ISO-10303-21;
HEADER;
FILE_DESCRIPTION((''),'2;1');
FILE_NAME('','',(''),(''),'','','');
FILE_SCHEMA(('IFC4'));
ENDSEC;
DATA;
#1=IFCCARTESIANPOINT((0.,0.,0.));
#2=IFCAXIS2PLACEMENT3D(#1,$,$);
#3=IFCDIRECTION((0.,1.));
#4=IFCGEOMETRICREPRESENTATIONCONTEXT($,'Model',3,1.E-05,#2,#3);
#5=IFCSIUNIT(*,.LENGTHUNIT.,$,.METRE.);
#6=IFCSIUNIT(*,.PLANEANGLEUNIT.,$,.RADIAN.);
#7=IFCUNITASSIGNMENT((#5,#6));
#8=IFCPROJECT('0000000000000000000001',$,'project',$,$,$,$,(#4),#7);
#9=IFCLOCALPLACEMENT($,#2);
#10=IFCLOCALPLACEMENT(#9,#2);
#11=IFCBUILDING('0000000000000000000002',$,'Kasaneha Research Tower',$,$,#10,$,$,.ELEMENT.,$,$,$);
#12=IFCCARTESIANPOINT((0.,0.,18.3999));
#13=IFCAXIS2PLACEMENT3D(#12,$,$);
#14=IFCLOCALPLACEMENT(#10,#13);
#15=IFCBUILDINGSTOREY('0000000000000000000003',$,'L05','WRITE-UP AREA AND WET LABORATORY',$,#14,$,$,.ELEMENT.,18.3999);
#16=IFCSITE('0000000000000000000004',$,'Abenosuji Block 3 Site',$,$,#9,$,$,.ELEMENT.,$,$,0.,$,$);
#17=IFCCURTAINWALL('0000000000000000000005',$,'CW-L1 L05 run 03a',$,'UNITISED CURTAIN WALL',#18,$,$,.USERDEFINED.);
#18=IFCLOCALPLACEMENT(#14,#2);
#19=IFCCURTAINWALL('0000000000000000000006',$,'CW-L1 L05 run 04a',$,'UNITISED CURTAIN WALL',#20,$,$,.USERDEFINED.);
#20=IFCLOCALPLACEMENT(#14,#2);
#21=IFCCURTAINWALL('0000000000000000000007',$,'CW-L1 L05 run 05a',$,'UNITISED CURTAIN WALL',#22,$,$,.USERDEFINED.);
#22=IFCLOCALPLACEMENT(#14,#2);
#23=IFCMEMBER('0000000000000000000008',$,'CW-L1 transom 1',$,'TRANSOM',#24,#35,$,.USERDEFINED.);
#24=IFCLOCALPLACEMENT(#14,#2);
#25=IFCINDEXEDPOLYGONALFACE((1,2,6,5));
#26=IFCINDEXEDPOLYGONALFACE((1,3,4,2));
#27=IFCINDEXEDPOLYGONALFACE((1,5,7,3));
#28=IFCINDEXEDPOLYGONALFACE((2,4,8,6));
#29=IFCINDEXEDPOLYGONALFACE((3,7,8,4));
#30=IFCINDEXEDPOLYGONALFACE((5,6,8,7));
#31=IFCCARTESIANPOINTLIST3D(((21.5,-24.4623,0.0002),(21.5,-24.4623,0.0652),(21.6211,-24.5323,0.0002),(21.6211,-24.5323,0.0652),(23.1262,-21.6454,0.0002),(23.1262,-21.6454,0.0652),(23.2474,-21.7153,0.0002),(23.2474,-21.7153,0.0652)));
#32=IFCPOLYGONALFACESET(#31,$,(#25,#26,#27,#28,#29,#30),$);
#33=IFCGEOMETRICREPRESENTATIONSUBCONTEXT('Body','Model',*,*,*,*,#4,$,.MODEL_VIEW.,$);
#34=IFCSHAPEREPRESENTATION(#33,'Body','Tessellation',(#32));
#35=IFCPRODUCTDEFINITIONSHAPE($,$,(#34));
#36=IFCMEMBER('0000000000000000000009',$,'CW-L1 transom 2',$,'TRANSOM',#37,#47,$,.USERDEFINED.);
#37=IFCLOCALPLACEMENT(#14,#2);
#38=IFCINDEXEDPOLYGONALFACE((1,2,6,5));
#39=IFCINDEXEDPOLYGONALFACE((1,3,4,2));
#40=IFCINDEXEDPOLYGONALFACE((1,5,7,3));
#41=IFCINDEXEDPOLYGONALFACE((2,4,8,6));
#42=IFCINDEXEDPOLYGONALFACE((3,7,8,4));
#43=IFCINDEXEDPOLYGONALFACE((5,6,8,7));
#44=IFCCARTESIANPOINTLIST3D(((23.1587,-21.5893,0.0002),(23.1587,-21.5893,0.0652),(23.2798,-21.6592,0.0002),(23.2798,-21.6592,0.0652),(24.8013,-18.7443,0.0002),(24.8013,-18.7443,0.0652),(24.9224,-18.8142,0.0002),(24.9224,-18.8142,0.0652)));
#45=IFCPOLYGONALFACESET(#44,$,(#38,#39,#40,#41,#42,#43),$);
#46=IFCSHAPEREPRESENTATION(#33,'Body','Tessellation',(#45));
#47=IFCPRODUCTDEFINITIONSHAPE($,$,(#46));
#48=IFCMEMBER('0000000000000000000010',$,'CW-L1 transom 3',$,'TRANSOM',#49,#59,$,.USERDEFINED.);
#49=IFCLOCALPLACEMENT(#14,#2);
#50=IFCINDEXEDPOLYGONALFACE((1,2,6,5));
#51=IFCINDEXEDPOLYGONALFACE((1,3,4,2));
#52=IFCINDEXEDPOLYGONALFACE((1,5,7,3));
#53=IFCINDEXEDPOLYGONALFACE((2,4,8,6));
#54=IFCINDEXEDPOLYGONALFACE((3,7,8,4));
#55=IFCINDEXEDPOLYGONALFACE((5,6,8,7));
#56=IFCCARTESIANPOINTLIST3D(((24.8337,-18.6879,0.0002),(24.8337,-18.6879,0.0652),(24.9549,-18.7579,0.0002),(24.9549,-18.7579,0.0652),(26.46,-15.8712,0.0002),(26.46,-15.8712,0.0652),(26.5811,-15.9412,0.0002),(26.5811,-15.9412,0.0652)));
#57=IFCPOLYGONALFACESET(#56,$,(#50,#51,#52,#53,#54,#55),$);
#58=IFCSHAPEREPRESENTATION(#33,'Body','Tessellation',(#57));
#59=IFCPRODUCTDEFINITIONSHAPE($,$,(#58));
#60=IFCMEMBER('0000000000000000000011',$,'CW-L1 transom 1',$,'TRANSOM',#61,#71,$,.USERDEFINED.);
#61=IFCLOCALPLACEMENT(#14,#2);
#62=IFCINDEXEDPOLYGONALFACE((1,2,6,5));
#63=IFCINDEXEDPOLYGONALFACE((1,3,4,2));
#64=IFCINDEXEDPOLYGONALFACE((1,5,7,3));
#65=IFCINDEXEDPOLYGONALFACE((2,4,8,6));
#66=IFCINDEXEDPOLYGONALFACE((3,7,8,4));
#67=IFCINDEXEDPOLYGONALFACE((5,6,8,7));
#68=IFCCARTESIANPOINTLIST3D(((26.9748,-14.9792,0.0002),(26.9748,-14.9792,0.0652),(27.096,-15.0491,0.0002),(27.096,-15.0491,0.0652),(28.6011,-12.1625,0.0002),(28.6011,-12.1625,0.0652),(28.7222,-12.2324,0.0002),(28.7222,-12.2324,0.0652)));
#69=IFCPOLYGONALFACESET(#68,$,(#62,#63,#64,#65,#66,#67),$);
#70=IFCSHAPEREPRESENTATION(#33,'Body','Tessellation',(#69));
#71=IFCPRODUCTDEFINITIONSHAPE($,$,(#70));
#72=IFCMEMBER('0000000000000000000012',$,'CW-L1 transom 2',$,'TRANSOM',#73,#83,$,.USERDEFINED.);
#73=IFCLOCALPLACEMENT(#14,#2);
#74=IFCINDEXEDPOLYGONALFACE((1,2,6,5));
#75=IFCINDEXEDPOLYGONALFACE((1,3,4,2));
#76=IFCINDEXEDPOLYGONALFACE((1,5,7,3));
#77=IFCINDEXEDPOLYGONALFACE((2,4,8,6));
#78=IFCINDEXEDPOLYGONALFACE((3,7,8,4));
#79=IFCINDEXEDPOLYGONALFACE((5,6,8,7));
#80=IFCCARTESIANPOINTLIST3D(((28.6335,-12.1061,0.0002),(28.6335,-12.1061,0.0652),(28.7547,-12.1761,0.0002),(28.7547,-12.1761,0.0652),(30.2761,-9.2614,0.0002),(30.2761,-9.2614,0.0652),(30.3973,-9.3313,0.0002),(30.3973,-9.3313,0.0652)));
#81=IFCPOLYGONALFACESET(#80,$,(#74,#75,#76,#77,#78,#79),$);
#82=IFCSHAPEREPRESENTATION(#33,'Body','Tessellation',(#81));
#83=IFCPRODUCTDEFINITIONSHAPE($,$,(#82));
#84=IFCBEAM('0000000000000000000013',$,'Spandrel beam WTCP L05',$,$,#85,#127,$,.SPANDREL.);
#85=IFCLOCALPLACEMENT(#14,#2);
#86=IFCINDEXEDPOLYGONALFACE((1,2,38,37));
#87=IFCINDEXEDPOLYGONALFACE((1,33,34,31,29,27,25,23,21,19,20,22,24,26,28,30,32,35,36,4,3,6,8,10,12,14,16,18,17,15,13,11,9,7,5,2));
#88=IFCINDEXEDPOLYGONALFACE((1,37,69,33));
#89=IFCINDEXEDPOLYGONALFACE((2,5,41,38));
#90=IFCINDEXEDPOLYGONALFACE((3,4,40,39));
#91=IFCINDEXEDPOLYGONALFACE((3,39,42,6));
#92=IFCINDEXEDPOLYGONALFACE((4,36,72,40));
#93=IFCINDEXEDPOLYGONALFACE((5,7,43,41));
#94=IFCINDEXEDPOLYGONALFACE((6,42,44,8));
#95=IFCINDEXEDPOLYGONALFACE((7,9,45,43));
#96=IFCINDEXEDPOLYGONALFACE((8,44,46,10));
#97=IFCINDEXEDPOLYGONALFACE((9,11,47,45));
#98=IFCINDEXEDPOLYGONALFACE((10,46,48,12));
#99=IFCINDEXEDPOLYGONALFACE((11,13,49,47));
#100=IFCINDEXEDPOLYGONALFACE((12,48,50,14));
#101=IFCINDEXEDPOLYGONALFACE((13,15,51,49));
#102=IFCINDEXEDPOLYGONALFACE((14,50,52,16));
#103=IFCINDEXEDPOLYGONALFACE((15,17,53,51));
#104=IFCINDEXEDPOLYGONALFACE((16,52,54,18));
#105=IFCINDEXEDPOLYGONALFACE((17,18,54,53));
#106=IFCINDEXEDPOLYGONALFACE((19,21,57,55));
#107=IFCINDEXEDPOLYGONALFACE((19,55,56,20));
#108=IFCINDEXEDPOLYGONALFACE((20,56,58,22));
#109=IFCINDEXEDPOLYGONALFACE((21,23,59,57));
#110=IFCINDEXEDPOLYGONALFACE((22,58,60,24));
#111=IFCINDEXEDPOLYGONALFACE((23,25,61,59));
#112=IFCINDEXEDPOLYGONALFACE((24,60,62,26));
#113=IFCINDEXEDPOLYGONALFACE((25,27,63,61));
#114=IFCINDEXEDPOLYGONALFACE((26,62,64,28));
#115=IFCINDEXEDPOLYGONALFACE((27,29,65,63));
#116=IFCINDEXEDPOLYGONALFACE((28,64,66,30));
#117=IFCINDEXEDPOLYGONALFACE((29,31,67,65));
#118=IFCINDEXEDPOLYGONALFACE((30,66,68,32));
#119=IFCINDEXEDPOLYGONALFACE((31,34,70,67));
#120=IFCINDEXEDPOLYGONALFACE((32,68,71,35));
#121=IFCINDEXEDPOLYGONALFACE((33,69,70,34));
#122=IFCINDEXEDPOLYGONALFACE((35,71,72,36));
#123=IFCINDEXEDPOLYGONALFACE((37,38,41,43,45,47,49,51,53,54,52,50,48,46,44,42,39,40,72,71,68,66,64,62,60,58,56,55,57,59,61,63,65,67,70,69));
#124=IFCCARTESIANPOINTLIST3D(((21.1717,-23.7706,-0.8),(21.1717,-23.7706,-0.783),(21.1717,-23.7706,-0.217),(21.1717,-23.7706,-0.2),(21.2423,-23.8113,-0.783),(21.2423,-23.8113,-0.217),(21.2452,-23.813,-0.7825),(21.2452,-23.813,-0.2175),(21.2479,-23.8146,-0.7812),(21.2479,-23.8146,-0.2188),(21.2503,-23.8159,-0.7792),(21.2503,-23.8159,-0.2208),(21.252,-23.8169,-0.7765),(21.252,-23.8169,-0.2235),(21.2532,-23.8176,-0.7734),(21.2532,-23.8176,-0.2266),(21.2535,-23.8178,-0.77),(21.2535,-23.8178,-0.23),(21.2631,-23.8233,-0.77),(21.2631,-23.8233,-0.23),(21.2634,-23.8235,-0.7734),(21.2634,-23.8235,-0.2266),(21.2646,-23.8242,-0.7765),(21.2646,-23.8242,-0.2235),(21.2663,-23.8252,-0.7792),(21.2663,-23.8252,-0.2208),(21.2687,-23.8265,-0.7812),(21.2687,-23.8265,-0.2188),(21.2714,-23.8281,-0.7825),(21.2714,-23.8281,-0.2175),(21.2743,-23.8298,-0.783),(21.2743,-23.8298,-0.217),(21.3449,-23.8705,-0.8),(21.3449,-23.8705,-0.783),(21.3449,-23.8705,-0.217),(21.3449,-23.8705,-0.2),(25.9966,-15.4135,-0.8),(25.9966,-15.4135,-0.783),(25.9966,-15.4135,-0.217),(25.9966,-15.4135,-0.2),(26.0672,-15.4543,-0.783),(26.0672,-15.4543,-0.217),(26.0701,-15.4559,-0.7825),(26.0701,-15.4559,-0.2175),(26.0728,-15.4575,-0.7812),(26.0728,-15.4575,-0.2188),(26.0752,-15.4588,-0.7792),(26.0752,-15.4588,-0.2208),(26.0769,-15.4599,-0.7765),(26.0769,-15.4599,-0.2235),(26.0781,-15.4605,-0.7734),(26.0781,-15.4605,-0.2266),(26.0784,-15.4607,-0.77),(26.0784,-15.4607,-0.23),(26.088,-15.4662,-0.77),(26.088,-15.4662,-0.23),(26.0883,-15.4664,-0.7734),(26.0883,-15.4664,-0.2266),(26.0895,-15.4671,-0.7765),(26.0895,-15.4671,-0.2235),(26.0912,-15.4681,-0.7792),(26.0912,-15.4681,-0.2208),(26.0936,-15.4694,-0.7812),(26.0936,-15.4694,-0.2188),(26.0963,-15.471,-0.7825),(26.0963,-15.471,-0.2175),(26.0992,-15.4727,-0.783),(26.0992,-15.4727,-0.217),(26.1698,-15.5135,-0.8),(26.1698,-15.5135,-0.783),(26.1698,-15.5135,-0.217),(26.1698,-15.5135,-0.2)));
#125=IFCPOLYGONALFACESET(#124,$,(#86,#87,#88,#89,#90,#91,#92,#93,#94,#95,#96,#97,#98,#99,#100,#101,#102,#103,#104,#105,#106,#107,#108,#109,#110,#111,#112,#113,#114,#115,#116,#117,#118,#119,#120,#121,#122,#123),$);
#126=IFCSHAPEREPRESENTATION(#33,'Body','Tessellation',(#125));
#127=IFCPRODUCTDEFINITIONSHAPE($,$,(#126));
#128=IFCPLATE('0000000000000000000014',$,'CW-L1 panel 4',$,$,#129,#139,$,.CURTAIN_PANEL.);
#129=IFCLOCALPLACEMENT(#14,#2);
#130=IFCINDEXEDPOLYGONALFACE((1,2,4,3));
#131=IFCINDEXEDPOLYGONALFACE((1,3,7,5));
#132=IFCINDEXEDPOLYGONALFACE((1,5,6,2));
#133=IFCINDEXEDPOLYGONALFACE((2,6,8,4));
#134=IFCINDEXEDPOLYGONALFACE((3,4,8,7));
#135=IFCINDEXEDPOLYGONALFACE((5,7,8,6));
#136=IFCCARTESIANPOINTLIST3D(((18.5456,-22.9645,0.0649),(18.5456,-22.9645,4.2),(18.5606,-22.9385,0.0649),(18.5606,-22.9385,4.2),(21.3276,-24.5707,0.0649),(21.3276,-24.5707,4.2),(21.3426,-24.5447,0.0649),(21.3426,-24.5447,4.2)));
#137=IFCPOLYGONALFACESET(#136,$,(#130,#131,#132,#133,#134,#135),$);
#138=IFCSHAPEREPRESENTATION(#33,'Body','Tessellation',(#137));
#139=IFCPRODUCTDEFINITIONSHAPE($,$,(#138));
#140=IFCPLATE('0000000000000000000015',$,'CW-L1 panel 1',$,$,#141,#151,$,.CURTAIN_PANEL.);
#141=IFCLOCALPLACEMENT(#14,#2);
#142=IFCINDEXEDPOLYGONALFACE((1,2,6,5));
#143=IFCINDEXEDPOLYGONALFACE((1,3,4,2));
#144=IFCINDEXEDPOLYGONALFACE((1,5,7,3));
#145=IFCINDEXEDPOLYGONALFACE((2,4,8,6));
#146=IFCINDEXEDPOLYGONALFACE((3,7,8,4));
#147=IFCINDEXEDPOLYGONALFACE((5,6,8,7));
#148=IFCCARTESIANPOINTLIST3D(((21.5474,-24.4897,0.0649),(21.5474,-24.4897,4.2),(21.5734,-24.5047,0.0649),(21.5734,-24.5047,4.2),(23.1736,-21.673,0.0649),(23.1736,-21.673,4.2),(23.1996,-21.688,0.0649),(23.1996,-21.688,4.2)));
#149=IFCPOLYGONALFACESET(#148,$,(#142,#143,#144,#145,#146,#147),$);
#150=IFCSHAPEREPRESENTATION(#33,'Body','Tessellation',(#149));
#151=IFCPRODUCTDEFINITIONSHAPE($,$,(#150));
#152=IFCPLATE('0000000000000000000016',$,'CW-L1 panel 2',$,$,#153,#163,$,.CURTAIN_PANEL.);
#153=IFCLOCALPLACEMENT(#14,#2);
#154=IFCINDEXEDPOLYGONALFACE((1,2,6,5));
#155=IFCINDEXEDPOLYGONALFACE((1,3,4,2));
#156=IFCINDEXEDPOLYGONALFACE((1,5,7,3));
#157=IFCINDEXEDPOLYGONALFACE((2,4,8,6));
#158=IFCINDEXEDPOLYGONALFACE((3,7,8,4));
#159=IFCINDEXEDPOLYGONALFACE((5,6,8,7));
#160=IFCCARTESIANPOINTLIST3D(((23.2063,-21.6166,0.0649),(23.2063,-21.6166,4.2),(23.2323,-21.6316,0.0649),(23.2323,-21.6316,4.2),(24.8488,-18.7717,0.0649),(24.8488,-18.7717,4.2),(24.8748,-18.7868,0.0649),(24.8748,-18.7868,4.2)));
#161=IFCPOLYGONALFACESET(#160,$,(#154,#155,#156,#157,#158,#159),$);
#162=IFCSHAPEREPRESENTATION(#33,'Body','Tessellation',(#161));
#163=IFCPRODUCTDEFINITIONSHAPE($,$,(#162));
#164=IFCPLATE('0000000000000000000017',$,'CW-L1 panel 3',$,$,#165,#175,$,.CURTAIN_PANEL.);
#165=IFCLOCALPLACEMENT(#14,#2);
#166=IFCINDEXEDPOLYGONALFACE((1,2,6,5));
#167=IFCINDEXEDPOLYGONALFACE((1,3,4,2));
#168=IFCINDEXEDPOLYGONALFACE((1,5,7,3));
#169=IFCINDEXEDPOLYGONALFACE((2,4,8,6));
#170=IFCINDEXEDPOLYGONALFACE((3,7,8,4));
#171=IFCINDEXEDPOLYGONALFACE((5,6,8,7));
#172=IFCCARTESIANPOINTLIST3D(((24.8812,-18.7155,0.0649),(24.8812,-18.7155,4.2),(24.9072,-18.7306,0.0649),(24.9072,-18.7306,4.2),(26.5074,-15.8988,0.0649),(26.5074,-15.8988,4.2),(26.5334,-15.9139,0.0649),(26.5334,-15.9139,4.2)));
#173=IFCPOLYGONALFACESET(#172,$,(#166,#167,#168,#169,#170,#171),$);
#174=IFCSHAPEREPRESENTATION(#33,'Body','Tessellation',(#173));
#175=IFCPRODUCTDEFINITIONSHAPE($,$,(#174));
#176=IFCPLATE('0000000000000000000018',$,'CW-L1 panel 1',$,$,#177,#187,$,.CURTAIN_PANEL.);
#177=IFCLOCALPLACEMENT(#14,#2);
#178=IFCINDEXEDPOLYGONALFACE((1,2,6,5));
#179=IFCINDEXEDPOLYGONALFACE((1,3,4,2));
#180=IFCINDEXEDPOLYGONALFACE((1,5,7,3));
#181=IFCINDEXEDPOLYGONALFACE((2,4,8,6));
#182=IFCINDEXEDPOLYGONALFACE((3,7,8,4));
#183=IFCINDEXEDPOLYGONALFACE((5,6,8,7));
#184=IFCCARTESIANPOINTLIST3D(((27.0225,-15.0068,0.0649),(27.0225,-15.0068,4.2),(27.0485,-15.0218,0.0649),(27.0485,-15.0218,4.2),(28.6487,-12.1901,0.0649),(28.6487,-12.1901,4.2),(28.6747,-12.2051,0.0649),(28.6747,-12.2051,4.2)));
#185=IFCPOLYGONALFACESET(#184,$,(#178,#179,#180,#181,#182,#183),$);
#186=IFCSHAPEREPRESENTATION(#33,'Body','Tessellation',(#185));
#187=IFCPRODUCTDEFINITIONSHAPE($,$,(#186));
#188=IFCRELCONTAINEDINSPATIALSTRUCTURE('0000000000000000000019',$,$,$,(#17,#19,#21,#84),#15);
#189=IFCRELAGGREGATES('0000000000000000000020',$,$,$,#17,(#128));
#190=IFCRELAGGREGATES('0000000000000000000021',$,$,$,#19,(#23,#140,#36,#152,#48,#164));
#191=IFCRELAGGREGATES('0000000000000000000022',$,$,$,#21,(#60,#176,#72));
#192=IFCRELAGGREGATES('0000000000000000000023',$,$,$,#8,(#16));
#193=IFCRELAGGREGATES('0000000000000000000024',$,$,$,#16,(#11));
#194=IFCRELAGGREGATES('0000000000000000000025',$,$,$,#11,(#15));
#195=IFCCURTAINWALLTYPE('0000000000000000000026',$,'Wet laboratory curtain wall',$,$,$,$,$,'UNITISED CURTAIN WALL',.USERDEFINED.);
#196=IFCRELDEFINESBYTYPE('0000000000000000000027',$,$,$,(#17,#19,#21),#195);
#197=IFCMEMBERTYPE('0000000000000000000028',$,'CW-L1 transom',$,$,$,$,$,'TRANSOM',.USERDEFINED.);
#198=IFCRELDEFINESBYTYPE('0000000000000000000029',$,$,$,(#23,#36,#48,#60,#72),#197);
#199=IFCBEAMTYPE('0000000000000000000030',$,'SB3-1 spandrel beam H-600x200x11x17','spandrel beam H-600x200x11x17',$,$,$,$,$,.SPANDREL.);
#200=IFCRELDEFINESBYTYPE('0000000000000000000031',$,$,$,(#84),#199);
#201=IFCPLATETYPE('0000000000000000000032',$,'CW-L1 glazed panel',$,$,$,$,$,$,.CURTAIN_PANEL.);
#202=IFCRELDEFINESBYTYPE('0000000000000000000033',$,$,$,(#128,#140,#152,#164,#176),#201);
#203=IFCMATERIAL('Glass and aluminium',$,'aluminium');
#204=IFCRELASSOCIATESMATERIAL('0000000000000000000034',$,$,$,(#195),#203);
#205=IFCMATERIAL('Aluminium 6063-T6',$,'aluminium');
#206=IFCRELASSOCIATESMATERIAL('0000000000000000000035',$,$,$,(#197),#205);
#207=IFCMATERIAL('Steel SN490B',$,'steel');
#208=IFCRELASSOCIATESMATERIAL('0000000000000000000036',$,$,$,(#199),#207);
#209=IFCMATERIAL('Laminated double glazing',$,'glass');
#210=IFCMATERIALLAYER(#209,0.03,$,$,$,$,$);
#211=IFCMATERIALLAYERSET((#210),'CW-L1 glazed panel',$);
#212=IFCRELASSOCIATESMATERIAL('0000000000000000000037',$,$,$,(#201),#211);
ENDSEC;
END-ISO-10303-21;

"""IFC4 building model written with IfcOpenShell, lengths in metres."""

from ifc_helpers import new_model, si_unit, direction, frame, origin, origin_2d, place, context, subcontext, project, spatial, rectangle, i_section, extrude, material, layer, layer_set, material_profile, profile_set, type_object, element, aggregate, save


model = new_model("IFC4")

# Units and contexts
model_context = context("Model", 3, precision=1e-05, world=origin(), true_north=direction((0.0, 1.0)))
body_context = subcontext(model_context, "Body", "Model", "MODEL_VIEW")
ifc_project = project(units=[si_unit("LENGTHUNIT", "METRE"), si_unit("PLANEANGLEUNIT", "RADIAN")], contexts=[model_context])

# Site, building, storey
site_placement = place(None, origin())
site = spatial("IfcSite", under=ifc_project, at=site_placement, Name="Abenosuji Block 3 Site", CompositionType="ELEMENT", RefElevation=0.0)
building_placement = place(site_placement, origin())
building = spatial("IfcBuilding", under=site, at=building_placement, Name="Kasaneha Research Tower", CompositionType="ELEMENT")
storey_placement = place(building_placement, frame((0.0, 0.0, 18.3999)))
storey = spatial("IfcBuildingStorey", under=building, at=storey_placement, Name="L05", Description="WRITE-UP AREA AND WET LABORATORY", CompositionType="ELEMENT", Elevation=18.3999)

# Curtain walls
ifc_material_1 = material(Name="Glass and aluminium", Category="aluminium")
curtain_wall_type = type_object("IfcCurtainWallType", Name="Wet laboratory curtain wall", ElementType="UNITISED CURTAIN WALL", PredefinedType="USERDEFINED", material=ifc_material_1)
curtain_wall_1_placement = place(storey_placement, origin())
curtain_wall_1 = element("IfcCurtainWall", 1, at=curtain_wall_1_placement, inside=storey, type_object=curtain_wall_type, Name="CW-L1 L05 run 03a", ObjectType="UNITISED CURTAIN WALL", PredefinedType="USERDEFINED")
curtain_wall_2_placement = place(storey_placement, origin())
curtain_wall_2 = element("IfcCurtainWall", 2, at=curtain_wall_2_placement, inside=storey, type_object=curtain_wall_type, Name="CW-L1 L05 run 04a", ObjectType="UNITISED CURTAIN WALL", PredefinedType="USERDEFINED")
curtain_wall_3_placement = place(storey_placement, origin())
curtain_wall_3 = element("IfcCurtainWall", 3, at=curtain_wall_3_placement, inside=storey, type_object=curtain_wall_type, Name="CW-L1 L05 run 05a", ObjectType="UNITISED CURTAIN WALL", PredefinedType="USERDEFINED")

# Members
ifc_material_2 = material(Name="Aluminium 6063-T6", Category="aluminium")
ifc_material_profile_1 = material_profile(ifc_material_2, rectangle(XDim=0.1399, YDim=0.0649, at=origin_2d()), Name="CW-L1 transom 140x65")
ifc_profile_set_1 = profile_set([ifc_material_profile_1], Name="Aluminium 6063-T6")
member_type_1 = type_object("IfcMemberType", Name="CW-L1 transom", ElementType="TRANSOM", PredefinedType="USERDEFINED", material=ifc_profile_set_1)
member_1_placement = place(storey_placement, frame((21.5605, -24.4973, 0.0327), z_axis=(0.499974, 0.866041, 0.0), x_axis=(-0.866041, 0.499974, 0.0)))
member_1 = element("IfcMember", 4, at=member_1_placement, type_object=member_type_1, Name="CW-L1 transom 1", ObjectType="TRANSOM", PredefinedType="USERDEFINED", context=body_context, shape_type="SweptSolid", body=[
    extrude(rectangle(XDim=0.1399, YDim=0.0649, at=origin_2d()), origin(), (0.0, 0.0, 1.0), 3.2527),
])
member_2_placement = place(storey_placement, frame((23.2192, -21.6243, 0.0327), z_axis=(0.500008, 0.866021, 0.0), x_axis=(-0.866021, 0.500008, 0.0)))
member_2 = element("IfcMember", 5, at=member_2_placement, type_object=member_type_1, Name="CW-L1 transom 2", ObjectType="TRANSOM", PredefinedType="USERDEFINED", context=body_context, shape_type="SweptSolid", body=[
    extrude(rectangle(XDim=0.1399, YDim=0.0649, at=origin_2d()), origin(), (0.0, 0.0, 1.0), 3.2852),
])
member_3_placement = place(storey_placement, frame((24.8943, -18.7229, 0.0327), z_axis=(0.500006, 0.866022, 0.0), x_axis=(-0.866022, 0.500006, 0.0)))
member_3 = element("IfcMember", 6, at=member_3_placement, type_object=member_type_1, Name="CW-L1 transom 3", ObjectType="TRANSOM", PredefinedType="USERDEFINED", context=body_context, shape_type="SweptSolid", body=[
    extrude(rectangle(XDim=0.1399, YDim=0.0649, at=origin_2d()), origin(), (0.0, 0.0, 1.0), 3.2524),
])
member_4_placement = place(storey_placement, frame((27.0354, -15.0142, 0.0327), z_axis=(0.500006, 0.866022, 0.0), x_axis=(-0.866022, 0.500006, 0.0)))
member_4 = element("IfcMember", 7, at=member_4_placement, type_object=member_type_1, Name="CW-L1 transom 1", ObjectType="TRANSOM", PredefinedType="USERDEFINED", context=body_context, shape_type="SweptSolid", body=[
    extrude(rectangle(XDim=0.1399, YDim=0.0649, at=origin_2d()), origin(), (0.0, 0.0, 1.0), 3.2524),
])
member_5_placement = place(storey_placement, frame((28.6941, -12.1411, 0.0327), z_axis=(0.50004, 0.866002, 0.0), x_axis=(-0.866002, 0.50004, 0.0)))
member_5 = element("IfcMember", 8, at=member_5_placement, type_object=member_type_1, Name="CW-L1 transom 2", ObjectType="TRANSOM", PredefinedType="USERDEFINED", context=body_context, shape_type="SweptSolid", body=[
    extrude(rectangle(XDim=0.1399, YDim=0.0649, at=origin_2d()), origin(), (0.0, 0.0, 1.0), 3.2849),
])

# Beam
ifc_material_3 = material(Name="Steel SN490B", Category="steel")
ifc_material_profile_2 = material_profile(ifc_material_3, i_section(OverallWidth=0.2, OverallDepth=0.6001, WebThickness=0.011, FlangeThickness=0.0171, FilletRadius=0.0129, at=origin_2d()), Name="H-600x200x11x17")
ifc_profile_set_2 = profile_set([ifc_material_profile_2], Name="Steel SN490B")
beam_type_1 = type_object("IfcBeamType", Name="SB3-1 spandrel beam H-600x200x11x17", Description="spandrel beam H-600x200x11x17", PredefinedType="SPANDREL", material=ifc_profile_set_2)
beam_1_placement = place(storey_placement, frame((21.2583, -23.8206, -0.5), z_axis=(0.499995, 0.866028, 0.0), x_axis=(-0.866028, 0.499995, 0.0)))
element("IfcBeam", 9, at=beam_1_placement, inside=storey, type_object=beam_type_1, Name="Spandrel beam WTCP L05", PredefinedType="SPANDREL", context=body_context, shape_type="SweptSolid", body=[
    extrude(i_section(OverallWidth=0.2, OverallDepth=0.6001, WebThickness=0.011, FlangeThickness=0.0171, FilletRadius=0.0129, at=origin_2d()), origin(), (0.0, 0.0, 1.0), 9.6499),
])

# Plates
ifc_material_4 = material(Name="Laminated double glazing", Category="glass")
ifc_layer_1 = layer(ifc_material_4, 0.03)
ifc_layer_set_1 = layer_set([ifc_layer_1], Name="CW-L1 glazed panel")
plate_type = type_object("IfcPlateType", Name="CW-L1 glazed panel", PredefinedType="CURTAIN_PANEL", material=ifc_layer_set_1)
plate_1_placement = place(storey_placement, frame((19.9441, -23.7546, 0.0649), z_axis=(0.0, 0.0, 1.0), x_axis=(0.866025, -0.5, 0.0)))
plate_1 = element("IfcPlate", 10, at=plate_1_placement, type_object=plate_type, Name="CW-L1 panel 4", PredefinedType="CURTAIN_PANEL", context=body_context, shape_type="SweptSolid", body=[
    extrude(rectangle(XDim=3.2124, YDim=0.03, at=origin_2d()), origin(), (0.0, 0.0, 1.0), 4.135),
])
aggregate(curtain_wall_1, [plate_1])
plate_2_placement = place(storey_placement, frame((22.3735, -23.0889, 0.0649), z_axis=(0.0, 0.0, 1.0), x_axis=(0.5, 0.866025, 0.0)))
plate_2 = element("IfcPlate", 11, at=plate_2_placement, type_object=plate_type, Name="CW-L1 panel 1", PredefinedType="CURTAIN_PANEL", context=body_context, shape_type="SweptSolid", body=[
    extrude(rectangle(XDim=3.2524, YDim=0.03, at=origin_2d()), origin(), (0.0, 0.0, 1.0), 4.135),
])
plate_3_placement = place(storey_placement, frame((24.0405, -20.2017, 0.0649), z_axis=(0.0, 0.0, 1.0), x_axis=(0.5, 0.866025, 0.0)))
plate_3 = element("IfcPlate", 12, at=plate_3_placement, type_object=plate_type, Name="CW-L1 panel 2", PredefinedType="CURTAIN_PANEL", context=body_context, shape_type="SweptSolid", body=[
    extrude(rectangle(XDim=3.2849, YDim=0.03, at=origin_2d()), origin(), (0.0, 0.0, 1.0), 4.135),
])
plate_4_placement = place(storey_placement, frame((25.7073, -17.3147, 0.0649), z_axis=(0.0, 0.0, 1.0), x_axis=(0.5, 0.866025, 0.0)))
plate_4 = element("IfcPlate", 13, at=plate_4_placement, type_object=plate_type, Name="CW-L1 panel 3", PredefinedType="CURTAIN_PANEL", context=body_context, shape_type="SweptSolid", body=[
    extrude(rectangle(XDim=3.2524, YDim=0.03, at=origin_2d()), origin(), (0.0, 0.0, 1.0), 4.135),
])
aggregate(curtain_wall_2, [member_1, plate_2, member_2, plate_3, member_3, plate_4])
plate_5_placement = place(storey_placement, frame((27.8486, -13.606, 0.0649), z_axis=(0.0, 0.0, 1.0), x_axis=(0.5, 0.866025, 0.0)))
plate_5 = element("IfcPlate", 14, at=plate_5_placement, type_object=plate_type, Name="CW-L1 panel 1", PredefinedType="CURTAIN_PANEL", context=body_context, shape_type="SweptSolid", body=[
    extrude(rectangle(XDim=3.2524, YDim=0.03, at=origin_2d()), origin(), (0.0, 0.0, 1.0), 4.135),
])
aggregate(curtain_wall_3, [member_4, plate_5, member_5])

save(model, "model.ifc")
